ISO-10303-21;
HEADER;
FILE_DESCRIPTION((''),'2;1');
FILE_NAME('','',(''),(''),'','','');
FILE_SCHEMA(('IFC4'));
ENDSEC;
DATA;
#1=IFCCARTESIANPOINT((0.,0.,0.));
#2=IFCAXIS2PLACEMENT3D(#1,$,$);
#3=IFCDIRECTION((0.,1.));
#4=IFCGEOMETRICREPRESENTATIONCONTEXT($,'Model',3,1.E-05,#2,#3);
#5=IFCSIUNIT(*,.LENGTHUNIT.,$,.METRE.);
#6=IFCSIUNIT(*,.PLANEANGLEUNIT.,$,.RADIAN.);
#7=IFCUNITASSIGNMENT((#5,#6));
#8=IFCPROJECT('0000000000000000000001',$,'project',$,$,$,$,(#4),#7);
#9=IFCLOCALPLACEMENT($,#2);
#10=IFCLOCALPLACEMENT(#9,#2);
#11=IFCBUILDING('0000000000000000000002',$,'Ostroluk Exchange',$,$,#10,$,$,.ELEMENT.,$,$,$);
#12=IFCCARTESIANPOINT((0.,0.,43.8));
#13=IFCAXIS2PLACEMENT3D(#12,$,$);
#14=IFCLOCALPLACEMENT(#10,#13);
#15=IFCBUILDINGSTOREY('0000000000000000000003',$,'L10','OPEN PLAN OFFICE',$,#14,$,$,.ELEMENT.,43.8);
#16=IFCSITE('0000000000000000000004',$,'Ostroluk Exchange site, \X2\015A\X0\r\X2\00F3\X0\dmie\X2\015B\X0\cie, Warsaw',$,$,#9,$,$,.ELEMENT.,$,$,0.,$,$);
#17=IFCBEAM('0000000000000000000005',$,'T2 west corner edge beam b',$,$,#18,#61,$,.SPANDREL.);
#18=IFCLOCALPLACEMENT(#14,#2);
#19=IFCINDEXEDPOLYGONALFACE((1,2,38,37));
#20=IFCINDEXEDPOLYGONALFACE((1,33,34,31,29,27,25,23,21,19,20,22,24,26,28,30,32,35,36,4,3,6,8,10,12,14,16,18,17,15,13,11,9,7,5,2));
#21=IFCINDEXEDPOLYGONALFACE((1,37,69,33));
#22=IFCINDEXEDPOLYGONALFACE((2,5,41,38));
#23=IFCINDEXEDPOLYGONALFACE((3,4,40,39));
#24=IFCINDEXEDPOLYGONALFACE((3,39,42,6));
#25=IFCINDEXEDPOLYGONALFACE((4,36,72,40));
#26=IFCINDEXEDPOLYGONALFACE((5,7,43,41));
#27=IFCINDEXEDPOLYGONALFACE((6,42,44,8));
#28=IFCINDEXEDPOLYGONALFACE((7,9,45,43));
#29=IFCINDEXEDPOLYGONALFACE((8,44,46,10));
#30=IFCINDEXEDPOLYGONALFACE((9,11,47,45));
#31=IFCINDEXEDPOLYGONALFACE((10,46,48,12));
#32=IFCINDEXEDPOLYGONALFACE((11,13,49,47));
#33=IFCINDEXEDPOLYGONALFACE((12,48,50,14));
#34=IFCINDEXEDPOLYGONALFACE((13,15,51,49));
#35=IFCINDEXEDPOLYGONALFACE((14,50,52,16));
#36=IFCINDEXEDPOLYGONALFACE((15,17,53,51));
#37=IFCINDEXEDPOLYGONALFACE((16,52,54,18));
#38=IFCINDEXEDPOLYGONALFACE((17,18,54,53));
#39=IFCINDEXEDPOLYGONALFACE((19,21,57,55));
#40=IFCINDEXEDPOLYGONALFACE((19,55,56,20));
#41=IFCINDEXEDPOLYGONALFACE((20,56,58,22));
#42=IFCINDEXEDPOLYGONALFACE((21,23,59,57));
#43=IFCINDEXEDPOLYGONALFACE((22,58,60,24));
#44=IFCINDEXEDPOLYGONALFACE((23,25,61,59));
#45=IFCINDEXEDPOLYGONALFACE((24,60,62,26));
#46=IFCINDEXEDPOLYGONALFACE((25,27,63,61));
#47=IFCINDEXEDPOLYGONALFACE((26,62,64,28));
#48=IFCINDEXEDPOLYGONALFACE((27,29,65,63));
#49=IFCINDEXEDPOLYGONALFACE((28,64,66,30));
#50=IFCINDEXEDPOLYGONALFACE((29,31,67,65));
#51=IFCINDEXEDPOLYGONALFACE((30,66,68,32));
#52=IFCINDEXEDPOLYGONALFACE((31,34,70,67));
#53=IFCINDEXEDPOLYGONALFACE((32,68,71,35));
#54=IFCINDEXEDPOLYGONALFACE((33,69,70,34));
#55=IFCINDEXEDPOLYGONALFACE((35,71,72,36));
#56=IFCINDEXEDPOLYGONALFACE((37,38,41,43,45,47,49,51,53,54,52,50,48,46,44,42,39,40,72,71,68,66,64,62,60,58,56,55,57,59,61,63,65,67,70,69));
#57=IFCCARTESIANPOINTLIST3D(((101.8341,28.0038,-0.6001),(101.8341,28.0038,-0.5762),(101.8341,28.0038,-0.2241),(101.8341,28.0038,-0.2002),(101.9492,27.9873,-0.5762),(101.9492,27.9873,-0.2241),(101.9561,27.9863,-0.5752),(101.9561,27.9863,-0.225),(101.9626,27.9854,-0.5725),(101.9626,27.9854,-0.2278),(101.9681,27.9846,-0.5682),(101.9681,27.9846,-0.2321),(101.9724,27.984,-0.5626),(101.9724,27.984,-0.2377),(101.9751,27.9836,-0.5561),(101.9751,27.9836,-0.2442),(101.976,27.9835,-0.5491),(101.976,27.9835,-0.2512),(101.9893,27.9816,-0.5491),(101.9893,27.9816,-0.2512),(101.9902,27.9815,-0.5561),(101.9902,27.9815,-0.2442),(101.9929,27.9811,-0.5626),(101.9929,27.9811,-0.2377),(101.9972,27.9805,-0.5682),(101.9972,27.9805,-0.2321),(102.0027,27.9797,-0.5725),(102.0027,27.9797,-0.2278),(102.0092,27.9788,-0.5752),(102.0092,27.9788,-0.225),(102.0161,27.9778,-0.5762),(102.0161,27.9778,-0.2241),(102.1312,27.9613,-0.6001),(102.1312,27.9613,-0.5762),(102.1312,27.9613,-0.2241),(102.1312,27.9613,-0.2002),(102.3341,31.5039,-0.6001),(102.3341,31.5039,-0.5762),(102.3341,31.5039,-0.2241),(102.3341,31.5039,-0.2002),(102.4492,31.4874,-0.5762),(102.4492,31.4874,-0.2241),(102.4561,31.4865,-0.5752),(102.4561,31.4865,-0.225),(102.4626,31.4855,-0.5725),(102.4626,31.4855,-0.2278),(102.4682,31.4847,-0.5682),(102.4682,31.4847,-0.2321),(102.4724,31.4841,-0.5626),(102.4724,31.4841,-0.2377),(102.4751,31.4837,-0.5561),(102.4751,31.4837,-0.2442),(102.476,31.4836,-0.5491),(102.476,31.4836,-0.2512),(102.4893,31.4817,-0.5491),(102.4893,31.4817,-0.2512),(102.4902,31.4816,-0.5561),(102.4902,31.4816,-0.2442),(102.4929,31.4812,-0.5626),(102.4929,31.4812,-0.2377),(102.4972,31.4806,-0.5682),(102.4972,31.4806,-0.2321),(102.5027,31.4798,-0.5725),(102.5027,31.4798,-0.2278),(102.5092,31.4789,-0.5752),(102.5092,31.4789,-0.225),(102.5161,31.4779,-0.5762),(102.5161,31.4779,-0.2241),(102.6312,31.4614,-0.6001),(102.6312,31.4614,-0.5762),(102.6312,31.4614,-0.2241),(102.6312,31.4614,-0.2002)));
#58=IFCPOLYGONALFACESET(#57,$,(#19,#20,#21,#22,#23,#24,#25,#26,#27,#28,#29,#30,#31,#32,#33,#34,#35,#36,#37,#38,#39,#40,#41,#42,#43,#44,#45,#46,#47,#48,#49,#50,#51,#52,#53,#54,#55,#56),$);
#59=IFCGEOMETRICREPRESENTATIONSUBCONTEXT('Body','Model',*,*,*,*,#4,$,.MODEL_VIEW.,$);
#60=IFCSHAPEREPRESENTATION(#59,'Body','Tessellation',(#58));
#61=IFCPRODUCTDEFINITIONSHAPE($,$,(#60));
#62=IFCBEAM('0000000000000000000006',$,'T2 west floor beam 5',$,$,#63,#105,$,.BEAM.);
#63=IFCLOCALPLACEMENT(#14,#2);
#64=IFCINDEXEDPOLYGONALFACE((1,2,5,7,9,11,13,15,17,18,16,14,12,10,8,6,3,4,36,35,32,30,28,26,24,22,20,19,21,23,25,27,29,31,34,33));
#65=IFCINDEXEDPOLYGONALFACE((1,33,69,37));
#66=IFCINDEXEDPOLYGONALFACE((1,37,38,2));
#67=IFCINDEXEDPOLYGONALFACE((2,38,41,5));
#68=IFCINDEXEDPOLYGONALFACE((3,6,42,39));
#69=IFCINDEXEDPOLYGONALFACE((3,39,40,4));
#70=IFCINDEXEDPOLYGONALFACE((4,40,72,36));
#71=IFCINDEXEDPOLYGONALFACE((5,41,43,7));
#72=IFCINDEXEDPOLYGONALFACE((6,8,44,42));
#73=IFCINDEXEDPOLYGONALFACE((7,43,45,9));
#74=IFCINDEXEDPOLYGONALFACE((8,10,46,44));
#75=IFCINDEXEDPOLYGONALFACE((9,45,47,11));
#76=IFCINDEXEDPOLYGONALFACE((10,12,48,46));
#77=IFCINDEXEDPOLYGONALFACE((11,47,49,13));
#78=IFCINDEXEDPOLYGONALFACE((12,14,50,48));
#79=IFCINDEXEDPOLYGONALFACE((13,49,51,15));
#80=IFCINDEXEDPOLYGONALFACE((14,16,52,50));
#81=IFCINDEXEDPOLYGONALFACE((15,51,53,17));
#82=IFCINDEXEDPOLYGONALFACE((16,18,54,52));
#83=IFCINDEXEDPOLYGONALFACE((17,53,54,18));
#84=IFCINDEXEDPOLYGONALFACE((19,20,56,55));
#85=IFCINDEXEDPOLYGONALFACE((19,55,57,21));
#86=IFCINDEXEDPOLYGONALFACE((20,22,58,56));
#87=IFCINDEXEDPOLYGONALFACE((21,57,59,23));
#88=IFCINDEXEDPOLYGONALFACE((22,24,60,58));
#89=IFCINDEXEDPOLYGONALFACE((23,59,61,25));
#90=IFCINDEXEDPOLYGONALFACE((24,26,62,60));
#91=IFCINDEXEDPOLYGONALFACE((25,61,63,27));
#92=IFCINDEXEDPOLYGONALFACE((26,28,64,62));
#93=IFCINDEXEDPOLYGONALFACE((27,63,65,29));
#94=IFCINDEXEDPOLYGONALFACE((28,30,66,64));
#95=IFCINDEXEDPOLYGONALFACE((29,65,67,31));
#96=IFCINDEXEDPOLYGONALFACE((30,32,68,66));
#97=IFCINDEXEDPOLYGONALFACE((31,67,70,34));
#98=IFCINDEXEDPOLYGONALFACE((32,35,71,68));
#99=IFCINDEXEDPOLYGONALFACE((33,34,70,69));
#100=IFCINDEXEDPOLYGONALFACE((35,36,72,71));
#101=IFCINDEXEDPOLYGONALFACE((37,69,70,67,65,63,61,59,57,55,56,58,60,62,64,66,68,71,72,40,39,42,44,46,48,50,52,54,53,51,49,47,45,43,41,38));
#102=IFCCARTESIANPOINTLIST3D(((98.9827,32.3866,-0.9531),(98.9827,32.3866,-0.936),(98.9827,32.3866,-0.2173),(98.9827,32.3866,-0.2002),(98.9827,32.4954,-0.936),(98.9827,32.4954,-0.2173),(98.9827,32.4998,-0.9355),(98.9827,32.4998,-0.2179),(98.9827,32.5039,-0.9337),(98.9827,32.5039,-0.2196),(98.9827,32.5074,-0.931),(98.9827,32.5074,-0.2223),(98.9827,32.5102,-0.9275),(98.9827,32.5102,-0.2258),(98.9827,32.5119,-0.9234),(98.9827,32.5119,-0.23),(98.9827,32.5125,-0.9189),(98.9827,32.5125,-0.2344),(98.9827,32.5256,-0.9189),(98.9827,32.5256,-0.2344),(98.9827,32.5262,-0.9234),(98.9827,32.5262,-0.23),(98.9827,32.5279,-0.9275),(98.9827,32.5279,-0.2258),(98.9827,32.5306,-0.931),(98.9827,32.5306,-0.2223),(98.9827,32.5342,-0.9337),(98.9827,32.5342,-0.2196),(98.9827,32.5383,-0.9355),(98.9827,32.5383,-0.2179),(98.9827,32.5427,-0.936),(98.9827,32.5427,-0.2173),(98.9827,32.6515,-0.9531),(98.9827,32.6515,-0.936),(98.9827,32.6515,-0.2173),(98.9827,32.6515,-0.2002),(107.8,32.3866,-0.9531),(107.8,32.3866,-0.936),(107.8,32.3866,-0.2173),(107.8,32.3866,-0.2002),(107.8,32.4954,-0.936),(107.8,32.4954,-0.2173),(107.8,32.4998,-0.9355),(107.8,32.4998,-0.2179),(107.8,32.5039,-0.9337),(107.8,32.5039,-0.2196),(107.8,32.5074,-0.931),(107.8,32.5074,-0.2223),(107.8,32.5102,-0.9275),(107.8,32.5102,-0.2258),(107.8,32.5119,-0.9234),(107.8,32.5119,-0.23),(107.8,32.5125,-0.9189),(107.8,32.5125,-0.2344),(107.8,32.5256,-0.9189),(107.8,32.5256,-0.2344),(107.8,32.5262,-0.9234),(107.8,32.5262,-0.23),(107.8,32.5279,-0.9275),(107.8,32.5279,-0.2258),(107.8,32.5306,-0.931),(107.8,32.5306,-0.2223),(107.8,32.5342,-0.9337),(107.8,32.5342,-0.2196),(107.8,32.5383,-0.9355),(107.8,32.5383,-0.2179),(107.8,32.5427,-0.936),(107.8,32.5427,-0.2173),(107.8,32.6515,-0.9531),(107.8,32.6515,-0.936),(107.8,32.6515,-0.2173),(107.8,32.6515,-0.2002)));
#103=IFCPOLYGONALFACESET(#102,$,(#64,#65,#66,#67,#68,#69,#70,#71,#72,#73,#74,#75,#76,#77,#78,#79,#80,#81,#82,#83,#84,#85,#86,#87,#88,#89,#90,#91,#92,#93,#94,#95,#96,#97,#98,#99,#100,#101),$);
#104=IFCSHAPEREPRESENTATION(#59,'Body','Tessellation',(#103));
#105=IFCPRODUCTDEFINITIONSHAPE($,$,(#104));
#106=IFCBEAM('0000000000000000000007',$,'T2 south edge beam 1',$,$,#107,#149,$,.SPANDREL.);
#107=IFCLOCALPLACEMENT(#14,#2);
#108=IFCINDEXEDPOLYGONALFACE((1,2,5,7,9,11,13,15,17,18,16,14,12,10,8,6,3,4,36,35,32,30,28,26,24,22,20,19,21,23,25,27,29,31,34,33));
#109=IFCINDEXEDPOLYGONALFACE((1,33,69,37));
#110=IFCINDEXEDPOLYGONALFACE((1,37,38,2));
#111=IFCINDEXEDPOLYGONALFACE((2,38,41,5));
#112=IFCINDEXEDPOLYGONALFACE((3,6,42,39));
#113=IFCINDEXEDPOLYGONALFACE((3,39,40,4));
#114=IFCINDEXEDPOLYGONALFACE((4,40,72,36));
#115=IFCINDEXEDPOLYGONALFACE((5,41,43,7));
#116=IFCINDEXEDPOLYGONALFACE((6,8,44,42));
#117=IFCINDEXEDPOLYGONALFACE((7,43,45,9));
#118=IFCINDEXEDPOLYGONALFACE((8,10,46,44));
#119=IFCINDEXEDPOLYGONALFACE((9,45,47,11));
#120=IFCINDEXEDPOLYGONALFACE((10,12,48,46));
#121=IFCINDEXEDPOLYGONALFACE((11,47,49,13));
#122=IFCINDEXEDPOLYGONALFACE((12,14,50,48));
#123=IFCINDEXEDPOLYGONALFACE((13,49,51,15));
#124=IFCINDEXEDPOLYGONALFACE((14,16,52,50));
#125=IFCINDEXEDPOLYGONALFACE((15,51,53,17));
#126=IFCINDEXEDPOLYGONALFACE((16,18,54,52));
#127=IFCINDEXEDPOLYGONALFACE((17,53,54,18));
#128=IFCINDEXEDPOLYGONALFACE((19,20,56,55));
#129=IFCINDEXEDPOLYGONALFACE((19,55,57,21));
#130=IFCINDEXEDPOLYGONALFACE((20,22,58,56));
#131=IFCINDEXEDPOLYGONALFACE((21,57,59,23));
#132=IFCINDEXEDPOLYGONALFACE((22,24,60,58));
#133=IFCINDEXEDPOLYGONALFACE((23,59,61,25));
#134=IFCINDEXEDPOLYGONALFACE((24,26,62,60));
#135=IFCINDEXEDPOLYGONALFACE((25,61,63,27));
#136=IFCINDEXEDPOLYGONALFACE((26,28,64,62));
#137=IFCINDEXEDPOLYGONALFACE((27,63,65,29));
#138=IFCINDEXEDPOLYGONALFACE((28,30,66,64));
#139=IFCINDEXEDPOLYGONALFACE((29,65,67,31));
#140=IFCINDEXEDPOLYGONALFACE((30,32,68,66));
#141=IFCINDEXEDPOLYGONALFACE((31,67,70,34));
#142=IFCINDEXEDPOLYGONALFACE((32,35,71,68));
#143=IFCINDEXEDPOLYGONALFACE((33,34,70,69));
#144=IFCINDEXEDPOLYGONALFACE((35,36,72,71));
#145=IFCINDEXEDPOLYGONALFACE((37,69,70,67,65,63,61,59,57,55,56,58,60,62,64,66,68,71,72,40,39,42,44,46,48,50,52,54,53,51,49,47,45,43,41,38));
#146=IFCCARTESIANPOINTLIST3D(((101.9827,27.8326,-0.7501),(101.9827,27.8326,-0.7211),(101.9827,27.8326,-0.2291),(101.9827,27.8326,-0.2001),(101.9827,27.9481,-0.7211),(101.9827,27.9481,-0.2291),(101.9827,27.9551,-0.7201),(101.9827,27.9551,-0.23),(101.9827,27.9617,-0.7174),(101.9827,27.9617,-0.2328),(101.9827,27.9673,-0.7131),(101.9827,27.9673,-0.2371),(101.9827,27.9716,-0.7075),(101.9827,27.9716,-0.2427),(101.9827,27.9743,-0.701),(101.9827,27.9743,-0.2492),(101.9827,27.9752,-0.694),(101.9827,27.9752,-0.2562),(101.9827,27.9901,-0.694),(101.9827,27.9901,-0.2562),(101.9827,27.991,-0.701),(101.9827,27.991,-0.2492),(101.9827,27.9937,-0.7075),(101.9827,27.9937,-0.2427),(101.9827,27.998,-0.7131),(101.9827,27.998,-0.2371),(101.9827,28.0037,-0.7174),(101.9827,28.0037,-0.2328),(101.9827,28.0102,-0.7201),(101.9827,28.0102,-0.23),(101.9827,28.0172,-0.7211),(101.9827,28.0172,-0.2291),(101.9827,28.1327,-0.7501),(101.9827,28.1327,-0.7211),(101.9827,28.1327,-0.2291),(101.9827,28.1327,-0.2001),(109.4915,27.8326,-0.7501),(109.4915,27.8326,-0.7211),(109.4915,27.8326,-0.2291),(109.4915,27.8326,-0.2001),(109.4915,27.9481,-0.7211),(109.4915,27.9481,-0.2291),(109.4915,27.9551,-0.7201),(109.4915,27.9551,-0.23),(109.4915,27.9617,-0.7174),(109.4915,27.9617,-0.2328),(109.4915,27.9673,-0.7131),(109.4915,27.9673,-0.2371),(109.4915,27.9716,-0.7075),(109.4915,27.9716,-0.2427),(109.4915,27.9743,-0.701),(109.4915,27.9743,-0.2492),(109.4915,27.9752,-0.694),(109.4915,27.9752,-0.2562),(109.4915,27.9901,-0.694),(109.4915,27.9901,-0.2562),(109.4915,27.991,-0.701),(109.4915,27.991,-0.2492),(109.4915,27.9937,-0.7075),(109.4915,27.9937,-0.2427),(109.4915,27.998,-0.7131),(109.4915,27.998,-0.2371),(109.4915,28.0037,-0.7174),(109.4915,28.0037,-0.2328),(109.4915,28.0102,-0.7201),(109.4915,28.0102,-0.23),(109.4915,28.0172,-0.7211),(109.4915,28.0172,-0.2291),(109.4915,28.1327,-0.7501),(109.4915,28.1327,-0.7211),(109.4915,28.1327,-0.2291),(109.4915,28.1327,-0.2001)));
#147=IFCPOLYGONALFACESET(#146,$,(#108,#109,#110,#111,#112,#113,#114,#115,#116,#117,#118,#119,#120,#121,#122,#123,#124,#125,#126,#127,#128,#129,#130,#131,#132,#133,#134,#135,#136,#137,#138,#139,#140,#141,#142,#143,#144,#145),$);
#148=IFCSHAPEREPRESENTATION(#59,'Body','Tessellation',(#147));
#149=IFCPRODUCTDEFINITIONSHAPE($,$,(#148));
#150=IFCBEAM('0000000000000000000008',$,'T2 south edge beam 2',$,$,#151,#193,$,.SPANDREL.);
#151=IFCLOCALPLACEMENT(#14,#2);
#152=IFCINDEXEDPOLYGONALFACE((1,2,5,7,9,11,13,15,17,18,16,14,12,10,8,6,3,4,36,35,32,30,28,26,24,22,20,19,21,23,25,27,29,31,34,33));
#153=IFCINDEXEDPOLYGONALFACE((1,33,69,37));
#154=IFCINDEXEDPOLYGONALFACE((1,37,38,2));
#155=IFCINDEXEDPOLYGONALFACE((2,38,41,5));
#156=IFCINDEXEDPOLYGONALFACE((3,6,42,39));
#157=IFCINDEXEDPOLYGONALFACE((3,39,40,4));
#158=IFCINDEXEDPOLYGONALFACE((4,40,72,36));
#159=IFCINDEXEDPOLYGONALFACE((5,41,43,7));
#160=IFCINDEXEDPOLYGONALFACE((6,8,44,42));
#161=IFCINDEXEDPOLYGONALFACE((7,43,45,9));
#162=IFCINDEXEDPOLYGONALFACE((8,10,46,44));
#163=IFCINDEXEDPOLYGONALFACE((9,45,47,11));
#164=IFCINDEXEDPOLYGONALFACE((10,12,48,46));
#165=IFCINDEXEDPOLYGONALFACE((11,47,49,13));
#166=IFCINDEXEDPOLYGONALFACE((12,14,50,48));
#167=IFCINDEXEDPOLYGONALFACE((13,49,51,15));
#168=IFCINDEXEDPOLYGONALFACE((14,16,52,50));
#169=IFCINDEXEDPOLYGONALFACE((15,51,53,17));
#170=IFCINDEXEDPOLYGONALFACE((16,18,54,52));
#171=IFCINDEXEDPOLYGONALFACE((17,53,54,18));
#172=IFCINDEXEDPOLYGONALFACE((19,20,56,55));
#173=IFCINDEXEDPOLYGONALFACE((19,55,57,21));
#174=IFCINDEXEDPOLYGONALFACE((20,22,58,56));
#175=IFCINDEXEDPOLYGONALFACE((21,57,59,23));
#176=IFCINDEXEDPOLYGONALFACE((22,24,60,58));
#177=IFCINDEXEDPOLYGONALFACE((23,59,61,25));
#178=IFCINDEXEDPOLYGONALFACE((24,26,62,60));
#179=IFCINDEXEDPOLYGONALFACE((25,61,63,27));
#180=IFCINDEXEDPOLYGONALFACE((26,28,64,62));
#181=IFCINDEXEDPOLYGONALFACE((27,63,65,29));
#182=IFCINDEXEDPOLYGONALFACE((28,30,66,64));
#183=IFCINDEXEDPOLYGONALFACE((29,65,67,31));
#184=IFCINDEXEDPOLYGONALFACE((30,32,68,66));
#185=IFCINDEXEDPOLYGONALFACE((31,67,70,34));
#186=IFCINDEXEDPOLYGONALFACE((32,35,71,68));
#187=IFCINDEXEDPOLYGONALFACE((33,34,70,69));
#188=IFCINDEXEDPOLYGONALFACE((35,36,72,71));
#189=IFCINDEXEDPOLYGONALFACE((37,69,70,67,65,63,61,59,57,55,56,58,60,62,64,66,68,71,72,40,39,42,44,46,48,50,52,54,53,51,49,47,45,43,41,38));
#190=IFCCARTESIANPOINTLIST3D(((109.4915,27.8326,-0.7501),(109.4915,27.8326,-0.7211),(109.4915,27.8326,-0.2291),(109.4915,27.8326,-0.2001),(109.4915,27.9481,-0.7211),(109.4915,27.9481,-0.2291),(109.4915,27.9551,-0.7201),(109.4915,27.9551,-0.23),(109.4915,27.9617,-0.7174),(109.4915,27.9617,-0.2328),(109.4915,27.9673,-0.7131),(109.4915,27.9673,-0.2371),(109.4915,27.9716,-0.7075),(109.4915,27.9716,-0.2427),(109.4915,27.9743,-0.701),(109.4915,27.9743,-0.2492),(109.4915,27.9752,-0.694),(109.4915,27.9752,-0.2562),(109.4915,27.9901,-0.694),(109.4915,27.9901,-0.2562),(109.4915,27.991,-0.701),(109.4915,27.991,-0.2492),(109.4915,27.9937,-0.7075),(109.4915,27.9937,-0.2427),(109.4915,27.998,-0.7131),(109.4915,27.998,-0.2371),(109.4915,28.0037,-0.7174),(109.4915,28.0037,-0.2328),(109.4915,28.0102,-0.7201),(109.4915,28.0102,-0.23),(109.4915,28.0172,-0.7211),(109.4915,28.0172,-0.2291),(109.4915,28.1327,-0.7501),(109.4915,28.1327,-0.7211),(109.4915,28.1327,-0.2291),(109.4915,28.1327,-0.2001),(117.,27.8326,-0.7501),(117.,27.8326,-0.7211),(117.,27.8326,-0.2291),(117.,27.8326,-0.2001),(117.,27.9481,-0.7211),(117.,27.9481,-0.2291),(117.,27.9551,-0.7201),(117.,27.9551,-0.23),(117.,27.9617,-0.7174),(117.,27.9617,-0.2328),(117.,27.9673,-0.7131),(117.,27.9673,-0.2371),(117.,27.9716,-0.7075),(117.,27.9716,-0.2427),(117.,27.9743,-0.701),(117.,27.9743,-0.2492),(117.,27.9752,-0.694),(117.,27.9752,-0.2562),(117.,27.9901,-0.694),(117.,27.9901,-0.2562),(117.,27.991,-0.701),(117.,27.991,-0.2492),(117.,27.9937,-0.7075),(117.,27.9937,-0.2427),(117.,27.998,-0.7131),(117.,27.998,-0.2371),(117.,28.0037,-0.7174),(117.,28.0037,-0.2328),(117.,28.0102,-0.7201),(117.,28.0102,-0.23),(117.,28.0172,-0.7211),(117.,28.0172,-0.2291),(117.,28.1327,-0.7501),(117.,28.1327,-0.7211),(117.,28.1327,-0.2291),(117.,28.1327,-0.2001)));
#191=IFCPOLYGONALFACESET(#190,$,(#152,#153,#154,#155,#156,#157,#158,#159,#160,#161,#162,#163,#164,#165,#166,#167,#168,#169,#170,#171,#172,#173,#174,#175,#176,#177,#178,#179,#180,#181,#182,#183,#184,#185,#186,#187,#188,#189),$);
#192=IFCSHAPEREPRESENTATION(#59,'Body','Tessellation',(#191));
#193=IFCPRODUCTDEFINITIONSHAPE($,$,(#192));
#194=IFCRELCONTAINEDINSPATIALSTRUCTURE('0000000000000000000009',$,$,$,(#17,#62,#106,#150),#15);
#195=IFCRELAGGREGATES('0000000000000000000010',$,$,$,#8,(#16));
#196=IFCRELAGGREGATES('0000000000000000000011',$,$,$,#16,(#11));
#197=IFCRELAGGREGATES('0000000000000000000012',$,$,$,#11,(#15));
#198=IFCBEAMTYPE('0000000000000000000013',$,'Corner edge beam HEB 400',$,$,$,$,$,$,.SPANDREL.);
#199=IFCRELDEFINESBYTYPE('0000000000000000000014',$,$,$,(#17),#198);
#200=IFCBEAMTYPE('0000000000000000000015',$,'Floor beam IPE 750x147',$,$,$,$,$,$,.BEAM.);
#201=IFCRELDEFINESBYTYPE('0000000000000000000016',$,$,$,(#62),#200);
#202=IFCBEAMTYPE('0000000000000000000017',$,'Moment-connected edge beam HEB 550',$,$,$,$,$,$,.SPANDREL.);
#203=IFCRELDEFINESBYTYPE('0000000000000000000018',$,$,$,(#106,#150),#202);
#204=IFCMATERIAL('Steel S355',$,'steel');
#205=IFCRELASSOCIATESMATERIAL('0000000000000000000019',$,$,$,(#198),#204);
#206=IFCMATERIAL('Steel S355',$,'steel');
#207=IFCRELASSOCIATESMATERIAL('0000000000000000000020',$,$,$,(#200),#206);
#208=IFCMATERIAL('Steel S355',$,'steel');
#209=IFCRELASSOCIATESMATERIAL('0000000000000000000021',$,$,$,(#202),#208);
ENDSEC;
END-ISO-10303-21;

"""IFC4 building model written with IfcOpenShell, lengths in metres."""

from ifc_helpers import new_model, si_unit, direction, frame, origin, origin_2d, place, context, subcontext, project, spatial, i_section, extrude, material, material_profile, profile_set, type_object, element, save


model = new_model("IFC4")

# Units and contexts
model_context = context("Model", 3, precision=1e-05, world=origin(), true_north=direction((0.0, 1.0)))
body_context = subcontext(model_context, "Body", "Model", "MODEL_VIEW")
ifc_project = project(units=[si_unit("LENGTHUNIT", "METRE"), si_unit("PLANEANGLEUNIT", "RADIAN")], contexts=[model_context])

# Site, building, storey
site_placement = place(None, origin())
site = spatial("IfcSite", under=ifc_project, at=site_placement, Name="Ostroluk Exchange site, Śródmieście, Warsaw", CompositionType="ELEMENT", RefElevation=0.0)
building_placement = place(site_placement, origin())
building = spatial("IfcBuilding", under=site, at=building_placement, Name="Ostroluk Exchange", CompositionType="ELEMENT")
storey_placement = place(building_placement, frame((0.0, 0.0, 43.8)))
storey = spatial("IfcBuildingStorey", under=building, at=storey_placement, Name="L10", Description="OPEN PLAN OFFICE", CompositionType="ELEMENT", Elevation=43.8)

# Beams
ifc_material_1 = material(Name="Steel S355", Category="steel")
ifc_material_profile_1 = material_profile(ifc_material_1, i_section(OverallWidth=0.3, OverallDepth=0.3999, WebThickness=0.0134, FlangeThickness=0.0239, FilletRadius=0.0271, at=origin_2d()), Name="HEB 400")
ifc_profile_set_1 = profile_set([ifc_material_profile_1], Name="Steel S355")
beam_type_1 = type_object("IfcBeamType", Name="Corner edge beam HEB 400", PredefinedType="SPANDREL", material=ifc_profile_set_1)
for number, where, z_axis, x_axis, name in (
    (1, (102.4827, 31.4827, -0.4001), (-0.141421, -0.989949, 0.0), (0.989949, -0.141421, 0.0), "T2 west corner edge beam b"),
):
    element("IfcBeam", number, at=place(storey_placement, frame(where, z_axis=z_axis, x_axis=x_axis)), inside=storey, type_object=beam_type_1, Name=name, PredefinedType="SPANDREL", context=body_context, shape_type="SweptSolid", body=[
        extrude(i_section(OverallWidth=0.3, OverallDepth=0.3999, WebThickness=0.0134, FlangeThickness=0.0239, FilletRadius=0.0271, at=origin_2d()), origin(), (0.0, 0.0, 1.0), 3.5356),
    ])
ifc_material_2 = material(Name="Steel S355", Category="steel")
ifc_material_profile_2 = material_profile(ifc_material_2, i_section(OverallWidth=0.2649, OverallDepth=0.7529, WebThickness=0.0132, FlangeThickness=0.0171, FilletRadius=0.0171, at=origin_2d()), Name="IPE 750x147")
ifc_profile_set_2 = profile_set([ifc_material_profile_2], Name="Steel S355")
beam_type_2 = type_object("IfcBeamType", Name="Floor beam IPE 750x147", PredefinedType="BEAM", material=ifc_profile_set_2)
beam_1_placement = place(storey_placement, frame((107.8, 32.519, -0.5767), z_axis=(-1.0, 0.0, 0.0), x_axis=(0.0, -1.0, 0.0)))
element("IfcBeam", 2, at=beam_1_placement, inside=storey, type_object=beam_type_2, Name="T2 west floor beam 5", PredefinedType="BEAM", context=body_context, shape_type="SweptSolid", body=[
    extrude(i_section(OverallWidth=0.2649, OverallDepth=0.7529, WebThickness=0.0132, FlangeThickness=0.0171, FilletRadius=0.0171, at=origin_2d()), origin(), (0.0, 0.0, 1.0), 8.8174),
])
ifc_material_3 = material(Name="Steel S355", Category="steel")
ifc_material_profile_3 = material_profile(ifc_material_3, i_section(OverallWidth=0.3, OverallDepth=0.55, WebThickness=0.0149, FlangeThickness=0.0291, FilletRadius=0.0271, at=origin_2d()), Name="HEB 550")
ifc_profile_set_3 = profile_set([ifc_material_profile_3], Name="Steel S355")
beam_type_3 = type_object("IfcBeamType", Name="Moment-connected edge beam HEB 550", PredefinedType="SPANDREL", material=ifc_profile_set_3)
beam_2_placement = place(storey_placement, frame((101.9827, 27.9827, -0.4751), z_axis=(1.0, 0.0, 0.0), x_axis=(0.0, 1.0, 0.0)))
element("IfcBeam", 3, at=beam_2_placement, inside=storey, type_object=beam_type_3, Name="T2 south edge beam 1", PredefinedType="SPANDREL", context=body_context, shape_type="SweptSolid", body=[
    extrude(i_section(OverallWidth=0.3, OverallDepth=0.55, WebThickness=0.0149, FlangeThickness=0.0291, FilletRadius=0.0271, at=origin_2d()), origin(), (0.0, 0.0, 1.0), 7.5088),
])
beam_3_placement = place(storey_placement, frame((109.4915, 27.9827, -0.4751), z_axis=(1.0, 0.0, 0.0), x_axis=(0.0, 1.0, 0.0)))
element("IfcBeam", 4, at=beam_3_placement, inside=storey, type_object=beam_type_3, Name="T2 south edge beam 2", PredefinedType="SPANDREL", context=body_context, shape_type="SweptSolid", body=[
    extrude(i_section(OverallWidth=0.3, OverallDepth=0.55, WebThickness=0.0149, FlangeThickness=0.0291, FilletRadius=0.0271, at=origin_2d()), origin(), (0.0, 0.0, 1.0), 7.5085),
])

save(model, "model.ifc")
